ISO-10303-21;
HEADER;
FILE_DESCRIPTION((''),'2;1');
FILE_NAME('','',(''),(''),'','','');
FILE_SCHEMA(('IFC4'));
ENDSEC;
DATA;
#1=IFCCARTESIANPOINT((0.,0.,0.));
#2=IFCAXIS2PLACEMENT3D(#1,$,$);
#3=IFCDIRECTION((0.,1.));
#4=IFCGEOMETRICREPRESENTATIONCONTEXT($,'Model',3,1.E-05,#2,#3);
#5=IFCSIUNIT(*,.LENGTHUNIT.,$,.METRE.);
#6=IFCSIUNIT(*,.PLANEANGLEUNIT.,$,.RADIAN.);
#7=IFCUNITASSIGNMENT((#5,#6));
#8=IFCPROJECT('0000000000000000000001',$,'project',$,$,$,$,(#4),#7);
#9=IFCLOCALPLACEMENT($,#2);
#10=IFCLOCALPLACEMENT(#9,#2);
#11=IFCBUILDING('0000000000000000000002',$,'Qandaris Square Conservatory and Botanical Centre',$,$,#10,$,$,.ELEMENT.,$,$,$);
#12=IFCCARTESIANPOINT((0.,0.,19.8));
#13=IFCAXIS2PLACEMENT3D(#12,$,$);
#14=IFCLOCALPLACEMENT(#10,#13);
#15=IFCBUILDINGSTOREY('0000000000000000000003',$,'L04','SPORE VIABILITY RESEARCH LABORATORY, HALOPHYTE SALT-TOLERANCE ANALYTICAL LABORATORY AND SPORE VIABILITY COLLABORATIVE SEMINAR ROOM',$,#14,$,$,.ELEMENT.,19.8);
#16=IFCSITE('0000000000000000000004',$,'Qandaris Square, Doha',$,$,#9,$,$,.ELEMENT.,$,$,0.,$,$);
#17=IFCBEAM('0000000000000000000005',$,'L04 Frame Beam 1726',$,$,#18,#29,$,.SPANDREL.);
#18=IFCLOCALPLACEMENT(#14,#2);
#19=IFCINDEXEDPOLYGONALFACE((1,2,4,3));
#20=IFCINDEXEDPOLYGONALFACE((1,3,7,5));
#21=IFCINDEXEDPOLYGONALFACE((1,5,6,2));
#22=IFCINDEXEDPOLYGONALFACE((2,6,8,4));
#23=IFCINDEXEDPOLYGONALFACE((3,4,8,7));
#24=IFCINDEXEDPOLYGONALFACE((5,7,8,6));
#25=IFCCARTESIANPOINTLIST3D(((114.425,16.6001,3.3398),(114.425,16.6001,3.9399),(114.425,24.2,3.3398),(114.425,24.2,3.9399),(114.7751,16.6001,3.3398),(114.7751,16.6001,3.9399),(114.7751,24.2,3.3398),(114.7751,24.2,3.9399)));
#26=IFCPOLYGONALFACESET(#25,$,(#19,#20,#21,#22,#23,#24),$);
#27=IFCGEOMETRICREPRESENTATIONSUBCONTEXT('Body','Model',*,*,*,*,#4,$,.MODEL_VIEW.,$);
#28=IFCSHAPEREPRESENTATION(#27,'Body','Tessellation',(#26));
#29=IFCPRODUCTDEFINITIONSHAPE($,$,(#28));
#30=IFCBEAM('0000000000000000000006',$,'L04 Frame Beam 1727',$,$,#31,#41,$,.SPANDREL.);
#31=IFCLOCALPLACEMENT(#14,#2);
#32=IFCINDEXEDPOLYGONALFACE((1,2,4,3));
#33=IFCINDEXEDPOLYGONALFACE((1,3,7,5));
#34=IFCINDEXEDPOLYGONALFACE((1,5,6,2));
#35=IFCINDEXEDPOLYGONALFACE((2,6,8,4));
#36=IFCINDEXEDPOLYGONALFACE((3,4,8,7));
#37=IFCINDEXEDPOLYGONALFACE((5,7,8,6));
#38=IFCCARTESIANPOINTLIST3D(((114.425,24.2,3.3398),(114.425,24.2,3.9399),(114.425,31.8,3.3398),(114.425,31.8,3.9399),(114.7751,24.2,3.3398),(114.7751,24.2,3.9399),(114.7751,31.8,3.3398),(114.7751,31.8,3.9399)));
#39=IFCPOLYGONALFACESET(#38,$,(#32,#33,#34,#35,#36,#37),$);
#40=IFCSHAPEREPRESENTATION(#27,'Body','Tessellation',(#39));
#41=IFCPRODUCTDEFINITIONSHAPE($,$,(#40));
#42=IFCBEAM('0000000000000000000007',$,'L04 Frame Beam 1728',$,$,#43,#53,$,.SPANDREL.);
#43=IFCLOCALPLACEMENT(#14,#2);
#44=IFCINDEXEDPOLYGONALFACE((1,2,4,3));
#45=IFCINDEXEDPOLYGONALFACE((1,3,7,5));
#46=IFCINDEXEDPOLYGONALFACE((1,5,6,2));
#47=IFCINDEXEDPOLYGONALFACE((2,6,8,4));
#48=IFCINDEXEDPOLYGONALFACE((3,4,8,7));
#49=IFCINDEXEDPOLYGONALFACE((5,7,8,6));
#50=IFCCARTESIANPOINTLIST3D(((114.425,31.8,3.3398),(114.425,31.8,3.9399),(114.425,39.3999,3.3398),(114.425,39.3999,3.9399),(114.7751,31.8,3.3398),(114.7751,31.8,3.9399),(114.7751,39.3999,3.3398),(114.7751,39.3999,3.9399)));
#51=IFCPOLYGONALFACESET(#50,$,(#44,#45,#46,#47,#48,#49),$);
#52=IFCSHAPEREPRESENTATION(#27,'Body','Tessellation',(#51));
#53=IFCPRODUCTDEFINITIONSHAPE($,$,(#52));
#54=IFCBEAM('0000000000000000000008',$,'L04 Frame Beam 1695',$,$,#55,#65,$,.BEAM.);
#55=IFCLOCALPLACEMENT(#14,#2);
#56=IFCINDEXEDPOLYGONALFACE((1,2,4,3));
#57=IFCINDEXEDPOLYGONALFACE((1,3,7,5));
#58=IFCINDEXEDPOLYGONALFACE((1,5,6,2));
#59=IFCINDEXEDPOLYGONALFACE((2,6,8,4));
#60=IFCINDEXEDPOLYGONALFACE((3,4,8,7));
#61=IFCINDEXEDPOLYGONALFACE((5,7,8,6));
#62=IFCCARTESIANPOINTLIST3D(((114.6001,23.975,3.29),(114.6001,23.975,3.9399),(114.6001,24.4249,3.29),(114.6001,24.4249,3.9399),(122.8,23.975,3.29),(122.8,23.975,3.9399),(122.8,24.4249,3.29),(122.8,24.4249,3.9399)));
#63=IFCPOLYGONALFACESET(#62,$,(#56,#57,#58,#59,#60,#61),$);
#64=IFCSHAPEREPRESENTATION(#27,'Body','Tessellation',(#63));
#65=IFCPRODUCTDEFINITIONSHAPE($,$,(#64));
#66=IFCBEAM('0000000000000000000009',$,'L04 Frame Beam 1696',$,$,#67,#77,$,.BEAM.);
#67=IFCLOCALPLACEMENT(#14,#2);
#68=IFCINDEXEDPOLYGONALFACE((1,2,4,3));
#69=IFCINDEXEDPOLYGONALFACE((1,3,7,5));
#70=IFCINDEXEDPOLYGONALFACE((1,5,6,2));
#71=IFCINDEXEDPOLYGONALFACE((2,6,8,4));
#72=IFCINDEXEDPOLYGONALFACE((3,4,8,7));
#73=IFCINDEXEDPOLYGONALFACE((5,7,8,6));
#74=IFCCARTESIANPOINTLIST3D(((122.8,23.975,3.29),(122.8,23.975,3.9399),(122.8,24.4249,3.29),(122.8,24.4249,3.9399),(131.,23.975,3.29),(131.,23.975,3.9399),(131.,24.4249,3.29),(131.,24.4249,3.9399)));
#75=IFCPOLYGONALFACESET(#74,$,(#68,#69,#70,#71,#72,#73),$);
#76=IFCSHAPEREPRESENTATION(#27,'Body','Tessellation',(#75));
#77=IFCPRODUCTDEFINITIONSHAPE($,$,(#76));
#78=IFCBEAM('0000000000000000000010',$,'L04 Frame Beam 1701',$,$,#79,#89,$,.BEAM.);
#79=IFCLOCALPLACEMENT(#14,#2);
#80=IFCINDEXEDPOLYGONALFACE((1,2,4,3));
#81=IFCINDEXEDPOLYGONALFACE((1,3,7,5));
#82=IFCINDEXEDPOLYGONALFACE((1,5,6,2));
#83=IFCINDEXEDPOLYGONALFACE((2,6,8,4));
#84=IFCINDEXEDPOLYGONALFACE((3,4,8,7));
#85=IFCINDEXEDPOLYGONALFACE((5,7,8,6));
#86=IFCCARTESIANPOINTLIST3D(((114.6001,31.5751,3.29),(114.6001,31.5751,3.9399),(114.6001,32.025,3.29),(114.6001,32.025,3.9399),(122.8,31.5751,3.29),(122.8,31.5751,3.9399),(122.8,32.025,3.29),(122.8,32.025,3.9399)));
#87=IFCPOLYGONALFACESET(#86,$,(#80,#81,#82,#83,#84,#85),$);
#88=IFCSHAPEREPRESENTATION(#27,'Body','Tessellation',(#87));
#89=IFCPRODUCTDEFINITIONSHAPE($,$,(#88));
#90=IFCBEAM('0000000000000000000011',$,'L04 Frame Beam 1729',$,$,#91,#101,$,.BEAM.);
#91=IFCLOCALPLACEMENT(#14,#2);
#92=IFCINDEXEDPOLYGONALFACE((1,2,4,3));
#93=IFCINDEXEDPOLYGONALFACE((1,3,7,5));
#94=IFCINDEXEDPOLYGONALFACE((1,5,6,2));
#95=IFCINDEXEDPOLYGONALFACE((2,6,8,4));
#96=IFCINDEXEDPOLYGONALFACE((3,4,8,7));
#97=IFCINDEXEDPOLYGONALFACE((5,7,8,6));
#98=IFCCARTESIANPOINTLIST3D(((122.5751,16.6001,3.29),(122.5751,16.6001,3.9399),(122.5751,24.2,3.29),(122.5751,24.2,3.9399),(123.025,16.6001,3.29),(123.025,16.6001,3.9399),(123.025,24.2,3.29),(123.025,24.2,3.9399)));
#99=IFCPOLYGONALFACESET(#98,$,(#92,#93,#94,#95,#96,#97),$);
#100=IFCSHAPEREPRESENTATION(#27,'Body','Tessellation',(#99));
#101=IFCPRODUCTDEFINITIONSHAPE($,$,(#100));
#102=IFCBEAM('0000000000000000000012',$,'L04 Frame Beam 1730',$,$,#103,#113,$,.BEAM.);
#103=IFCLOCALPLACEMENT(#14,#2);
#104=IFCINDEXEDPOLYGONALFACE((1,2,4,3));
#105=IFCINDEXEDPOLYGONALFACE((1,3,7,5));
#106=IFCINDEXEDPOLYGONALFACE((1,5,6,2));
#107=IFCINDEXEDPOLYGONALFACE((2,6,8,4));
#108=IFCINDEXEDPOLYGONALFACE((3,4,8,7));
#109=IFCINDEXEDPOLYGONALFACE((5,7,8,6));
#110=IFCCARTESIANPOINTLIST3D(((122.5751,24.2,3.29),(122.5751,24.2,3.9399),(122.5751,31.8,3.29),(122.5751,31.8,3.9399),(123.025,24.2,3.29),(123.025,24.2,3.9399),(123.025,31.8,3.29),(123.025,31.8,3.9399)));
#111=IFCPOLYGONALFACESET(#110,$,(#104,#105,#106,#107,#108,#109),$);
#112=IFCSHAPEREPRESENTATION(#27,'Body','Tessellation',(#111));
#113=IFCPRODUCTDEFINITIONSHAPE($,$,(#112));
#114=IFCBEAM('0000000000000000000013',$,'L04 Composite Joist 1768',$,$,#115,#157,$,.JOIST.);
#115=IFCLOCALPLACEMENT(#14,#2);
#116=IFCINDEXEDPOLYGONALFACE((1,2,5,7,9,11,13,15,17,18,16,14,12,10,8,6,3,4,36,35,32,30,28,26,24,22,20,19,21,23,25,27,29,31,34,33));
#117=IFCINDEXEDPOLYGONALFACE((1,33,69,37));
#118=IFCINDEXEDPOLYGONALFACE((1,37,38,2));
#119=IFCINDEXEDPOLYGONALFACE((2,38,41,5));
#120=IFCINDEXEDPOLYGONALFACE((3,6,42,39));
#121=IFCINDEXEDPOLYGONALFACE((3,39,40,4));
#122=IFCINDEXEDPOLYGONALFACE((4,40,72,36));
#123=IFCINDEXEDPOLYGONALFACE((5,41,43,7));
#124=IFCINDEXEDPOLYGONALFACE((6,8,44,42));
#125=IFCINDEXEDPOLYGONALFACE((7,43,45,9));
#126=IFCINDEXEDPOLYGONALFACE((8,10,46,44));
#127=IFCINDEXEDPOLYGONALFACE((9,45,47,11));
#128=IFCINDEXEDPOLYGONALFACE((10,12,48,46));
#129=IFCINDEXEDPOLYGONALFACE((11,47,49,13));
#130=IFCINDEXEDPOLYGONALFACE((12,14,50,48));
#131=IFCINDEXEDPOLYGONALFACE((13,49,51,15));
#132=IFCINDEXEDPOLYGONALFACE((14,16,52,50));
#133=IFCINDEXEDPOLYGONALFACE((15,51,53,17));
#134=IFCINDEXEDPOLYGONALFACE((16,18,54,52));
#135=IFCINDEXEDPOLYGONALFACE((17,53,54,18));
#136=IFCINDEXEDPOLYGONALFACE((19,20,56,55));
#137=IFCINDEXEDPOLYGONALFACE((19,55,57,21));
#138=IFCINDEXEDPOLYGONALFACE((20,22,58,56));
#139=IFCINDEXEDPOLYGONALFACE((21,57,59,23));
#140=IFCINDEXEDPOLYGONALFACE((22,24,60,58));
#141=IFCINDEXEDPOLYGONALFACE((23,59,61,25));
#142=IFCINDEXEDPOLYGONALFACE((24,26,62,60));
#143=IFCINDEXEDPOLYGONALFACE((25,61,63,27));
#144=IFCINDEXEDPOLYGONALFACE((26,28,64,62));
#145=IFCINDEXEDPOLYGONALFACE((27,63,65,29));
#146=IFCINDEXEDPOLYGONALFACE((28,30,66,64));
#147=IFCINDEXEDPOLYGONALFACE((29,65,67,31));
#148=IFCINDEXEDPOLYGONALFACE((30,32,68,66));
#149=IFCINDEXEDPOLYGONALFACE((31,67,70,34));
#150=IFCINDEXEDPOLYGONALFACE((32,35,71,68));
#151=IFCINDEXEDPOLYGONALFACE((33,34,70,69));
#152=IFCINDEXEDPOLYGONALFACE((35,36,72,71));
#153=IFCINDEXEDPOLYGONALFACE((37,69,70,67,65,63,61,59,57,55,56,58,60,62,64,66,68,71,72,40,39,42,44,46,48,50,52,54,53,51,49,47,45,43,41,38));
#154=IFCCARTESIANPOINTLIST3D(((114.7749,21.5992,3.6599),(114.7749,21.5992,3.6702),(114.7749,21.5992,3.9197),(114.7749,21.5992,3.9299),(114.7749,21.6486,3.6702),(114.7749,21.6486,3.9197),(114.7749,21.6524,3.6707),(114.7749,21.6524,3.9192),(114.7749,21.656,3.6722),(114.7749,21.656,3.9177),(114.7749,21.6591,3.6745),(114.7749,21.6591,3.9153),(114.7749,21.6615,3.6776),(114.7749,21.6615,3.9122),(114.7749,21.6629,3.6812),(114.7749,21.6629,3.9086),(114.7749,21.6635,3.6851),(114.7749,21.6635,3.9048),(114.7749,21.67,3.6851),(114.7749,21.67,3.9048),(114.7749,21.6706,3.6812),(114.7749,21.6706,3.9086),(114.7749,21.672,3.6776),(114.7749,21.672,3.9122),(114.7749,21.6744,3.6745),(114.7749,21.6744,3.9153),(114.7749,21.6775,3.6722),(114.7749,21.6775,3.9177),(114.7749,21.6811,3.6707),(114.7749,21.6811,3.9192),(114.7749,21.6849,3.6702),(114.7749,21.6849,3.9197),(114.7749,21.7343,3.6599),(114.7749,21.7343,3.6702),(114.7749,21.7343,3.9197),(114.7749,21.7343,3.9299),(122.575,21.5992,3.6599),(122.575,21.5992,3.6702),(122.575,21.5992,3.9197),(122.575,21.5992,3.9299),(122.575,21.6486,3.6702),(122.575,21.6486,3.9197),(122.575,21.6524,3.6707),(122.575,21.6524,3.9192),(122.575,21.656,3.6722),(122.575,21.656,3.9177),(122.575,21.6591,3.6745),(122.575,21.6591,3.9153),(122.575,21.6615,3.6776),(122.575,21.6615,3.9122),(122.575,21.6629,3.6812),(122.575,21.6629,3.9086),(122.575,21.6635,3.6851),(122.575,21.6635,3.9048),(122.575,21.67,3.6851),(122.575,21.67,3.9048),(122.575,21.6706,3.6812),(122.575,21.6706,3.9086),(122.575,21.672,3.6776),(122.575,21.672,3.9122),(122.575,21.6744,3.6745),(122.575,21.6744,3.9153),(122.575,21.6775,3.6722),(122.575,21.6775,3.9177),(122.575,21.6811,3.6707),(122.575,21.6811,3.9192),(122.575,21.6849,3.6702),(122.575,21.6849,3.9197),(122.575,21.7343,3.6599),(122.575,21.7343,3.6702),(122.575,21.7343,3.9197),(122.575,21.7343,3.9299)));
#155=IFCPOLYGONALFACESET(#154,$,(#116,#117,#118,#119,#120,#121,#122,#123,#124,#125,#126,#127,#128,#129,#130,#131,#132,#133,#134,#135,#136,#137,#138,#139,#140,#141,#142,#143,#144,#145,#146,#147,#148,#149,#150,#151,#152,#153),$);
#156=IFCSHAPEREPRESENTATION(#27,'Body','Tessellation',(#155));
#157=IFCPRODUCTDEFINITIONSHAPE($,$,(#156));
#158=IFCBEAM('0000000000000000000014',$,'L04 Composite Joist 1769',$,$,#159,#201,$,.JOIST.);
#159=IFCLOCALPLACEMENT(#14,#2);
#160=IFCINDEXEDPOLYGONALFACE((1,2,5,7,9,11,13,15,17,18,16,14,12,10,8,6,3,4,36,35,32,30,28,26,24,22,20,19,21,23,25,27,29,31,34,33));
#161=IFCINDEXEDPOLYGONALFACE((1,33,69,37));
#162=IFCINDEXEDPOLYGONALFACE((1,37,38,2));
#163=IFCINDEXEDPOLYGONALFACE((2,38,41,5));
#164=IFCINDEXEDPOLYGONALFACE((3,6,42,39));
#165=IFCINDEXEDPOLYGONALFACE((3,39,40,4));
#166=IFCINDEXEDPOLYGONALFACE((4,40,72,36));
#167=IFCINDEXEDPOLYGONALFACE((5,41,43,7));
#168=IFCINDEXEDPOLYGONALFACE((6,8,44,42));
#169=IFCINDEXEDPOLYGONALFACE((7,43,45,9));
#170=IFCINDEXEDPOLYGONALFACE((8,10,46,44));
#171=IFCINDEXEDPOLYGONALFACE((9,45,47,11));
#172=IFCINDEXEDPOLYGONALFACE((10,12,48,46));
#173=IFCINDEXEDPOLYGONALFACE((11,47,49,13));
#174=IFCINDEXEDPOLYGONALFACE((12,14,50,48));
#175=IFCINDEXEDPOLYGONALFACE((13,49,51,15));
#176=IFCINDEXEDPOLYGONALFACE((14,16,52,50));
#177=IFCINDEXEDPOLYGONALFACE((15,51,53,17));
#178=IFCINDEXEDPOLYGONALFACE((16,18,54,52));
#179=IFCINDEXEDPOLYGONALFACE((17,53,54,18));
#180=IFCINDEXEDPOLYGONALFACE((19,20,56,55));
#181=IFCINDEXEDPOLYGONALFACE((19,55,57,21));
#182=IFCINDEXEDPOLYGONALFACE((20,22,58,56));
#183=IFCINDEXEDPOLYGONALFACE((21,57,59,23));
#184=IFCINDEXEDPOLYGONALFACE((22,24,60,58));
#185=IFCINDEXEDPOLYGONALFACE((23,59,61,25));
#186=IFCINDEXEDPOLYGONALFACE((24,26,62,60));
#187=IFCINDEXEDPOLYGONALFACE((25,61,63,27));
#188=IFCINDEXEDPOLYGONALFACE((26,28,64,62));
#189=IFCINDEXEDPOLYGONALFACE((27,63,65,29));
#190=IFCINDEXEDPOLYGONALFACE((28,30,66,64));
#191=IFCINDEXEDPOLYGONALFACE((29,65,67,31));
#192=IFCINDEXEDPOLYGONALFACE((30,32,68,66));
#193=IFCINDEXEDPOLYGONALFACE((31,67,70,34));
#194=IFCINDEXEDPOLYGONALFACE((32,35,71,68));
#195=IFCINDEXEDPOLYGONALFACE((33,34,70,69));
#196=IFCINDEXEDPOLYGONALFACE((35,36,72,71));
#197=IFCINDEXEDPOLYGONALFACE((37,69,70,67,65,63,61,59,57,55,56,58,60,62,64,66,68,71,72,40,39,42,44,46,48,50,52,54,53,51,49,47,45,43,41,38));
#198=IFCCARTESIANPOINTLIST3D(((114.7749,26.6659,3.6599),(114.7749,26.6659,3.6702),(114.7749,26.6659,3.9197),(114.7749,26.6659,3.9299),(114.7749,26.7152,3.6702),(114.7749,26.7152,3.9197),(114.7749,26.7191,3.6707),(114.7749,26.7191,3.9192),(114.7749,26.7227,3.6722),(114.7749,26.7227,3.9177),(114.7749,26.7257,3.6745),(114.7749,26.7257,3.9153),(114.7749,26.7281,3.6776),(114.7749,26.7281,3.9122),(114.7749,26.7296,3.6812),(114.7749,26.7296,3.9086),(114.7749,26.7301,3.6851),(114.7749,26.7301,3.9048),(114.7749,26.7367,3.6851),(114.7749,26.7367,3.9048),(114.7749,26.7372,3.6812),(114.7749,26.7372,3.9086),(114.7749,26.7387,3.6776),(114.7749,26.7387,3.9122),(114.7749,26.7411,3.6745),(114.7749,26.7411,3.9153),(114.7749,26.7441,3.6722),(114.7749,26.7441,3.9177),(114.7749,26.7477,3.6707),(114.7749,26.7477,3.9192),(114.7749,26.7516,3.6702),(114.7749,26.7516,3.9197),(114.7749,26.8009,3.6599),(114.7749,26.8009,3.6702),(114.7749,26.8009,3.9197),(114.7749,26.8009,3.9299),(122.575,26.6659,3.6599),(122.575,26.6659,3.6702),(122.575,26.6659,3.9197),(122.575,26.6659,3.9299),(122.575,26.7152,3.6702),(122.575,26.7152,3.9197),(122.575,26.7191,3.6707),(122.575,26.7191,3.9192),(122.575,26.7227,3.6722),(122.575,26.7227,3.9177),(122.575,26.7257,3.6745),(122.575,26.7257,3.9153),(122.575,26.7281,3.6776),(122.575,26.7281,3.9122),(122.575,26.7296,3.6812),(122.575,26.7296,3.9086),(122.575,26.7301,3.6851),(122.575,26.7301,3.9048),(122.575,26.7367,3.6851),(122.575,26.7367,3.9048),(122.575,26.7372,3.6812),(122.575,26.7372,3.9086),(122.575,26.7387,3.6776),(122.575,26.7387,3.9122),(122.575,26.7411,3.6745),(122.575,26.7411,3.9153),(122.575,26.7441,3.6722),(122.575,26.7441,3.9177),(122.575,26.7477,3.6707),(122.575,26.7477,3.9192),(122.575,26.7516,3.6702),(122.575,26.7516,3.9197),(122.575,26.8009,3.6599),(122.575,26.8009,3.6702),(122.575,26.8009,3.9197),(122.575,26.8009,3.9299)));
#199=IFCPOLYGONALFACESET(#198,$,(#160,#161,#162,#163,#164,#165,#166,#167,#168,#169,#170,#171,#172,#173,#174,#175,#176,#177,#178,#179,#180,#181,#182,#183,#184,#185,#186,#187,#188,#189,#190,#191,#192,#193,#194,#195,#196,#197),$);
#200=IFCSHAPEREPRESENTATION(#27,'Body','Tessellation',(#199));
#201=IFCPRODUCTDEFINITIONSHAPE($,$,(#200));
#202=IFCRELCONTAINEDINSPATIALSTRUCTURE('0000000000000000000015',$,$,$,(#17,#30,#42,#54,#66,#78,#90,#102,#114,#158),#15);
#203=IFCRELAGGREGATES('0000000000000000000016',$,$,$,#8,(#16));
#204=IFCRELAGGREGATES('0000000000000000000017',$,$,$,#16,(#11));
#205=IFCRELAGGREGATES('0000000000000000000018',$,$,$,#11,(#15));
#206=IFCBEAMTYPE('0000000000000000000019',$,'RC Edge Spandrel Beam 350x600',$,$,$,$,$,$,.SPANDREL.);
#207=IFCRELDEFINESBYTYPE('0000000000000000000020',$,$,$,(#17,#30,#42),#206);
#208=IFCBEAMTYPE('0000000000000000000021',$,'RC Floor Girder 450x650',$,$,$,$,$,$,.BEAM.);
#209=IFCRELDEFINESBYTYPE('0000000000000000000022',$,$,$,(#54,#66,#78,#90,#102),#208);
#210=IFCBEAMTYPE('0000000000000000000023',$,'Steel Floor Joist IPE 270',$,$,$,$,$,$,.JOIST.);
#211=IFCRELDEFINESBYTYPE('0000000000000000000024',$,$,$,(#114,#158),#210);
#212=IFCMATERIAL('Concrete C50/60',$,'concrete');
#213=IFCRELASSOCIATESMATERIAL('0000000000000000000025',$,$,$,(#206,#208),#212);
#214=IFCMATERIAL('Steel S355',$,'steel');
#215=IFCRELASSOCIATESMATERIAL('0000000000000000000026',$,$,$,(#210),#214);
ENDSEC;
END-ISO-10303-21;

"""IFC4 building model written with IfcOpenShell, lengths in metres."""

from ifc_helpers import new_model, si_unit, direction, frame, origin, origin_2d, place, context, subcontext, project, spatial, rectangle, i_section, extrude, material, material_profile, profile_set, type_object, element, save


model = new_model("IFC4")

# Units and contexts
model_context = context("Model", 3, precision=1e-05, world=origin(), true_north=direction((0.0, 1.0)))
body_context = subcontext(model_context, "Body", "Model", "MODEL_VIEW")
ifc_project = project(units=[si_unit("LENGTHUNIT", "METRE"), si_unit("PLANEANGLEUNIT", "RADIAN")], contexts=[model_context])

# Site, building, storey
site_placement = place(None, origin())
site = spatial("IfcSite", under=ifc_project, at=site_placement, Name="Qandaris Square, Doha", CompositionType="ELEMENT", RefElevation=0.0)
building_placement = place(site_placement, origin())
building = spatial("IfcBuilding", under=site, at=building_placement, Name="Qandaris Square Conservatory and Botanical Centre", CompositionType="ELEMENT")
storey_placement = place(building_placement, frame((0.0, 0.0, 19.8)))
storey = spatial("IfcBuildingStorey", under=building, at=storey_placement, Name="L04", Description="SPORE VIABILITY RESEARCH LABORATORY, HALOPHYTE SALT-TOLERANCE ANALYTICAL LABORATORY AND SPORE VIABILITY COLLABORATIVE SEMINAR ROOM", CompositionType="ELEMENT", Elevation=19.8)

# Shared definitions
ifc_material_1 = material(Name="Concrete C50/60", Category="concrete")

# Beams
ifc_material_2 = material(Name="Steel S355", Category="steel")
ifc_material_profile_1 = material_profile(ifc_material_1, rectangle(XDim=0.3501, YDim=0.6001, at=origin_2d()), Name="RC-SP 350x600")
ifc_profile_set_1 = profile_set([ifc_material_profile_1], Name="Concrete C50/60")
beam_type_1 = type_object("IfcBeamType", Name="RC Edge Spandrel Beam 350x600", PredefinedType="SPANDREL", material=ifc_profile_set_1)
beam_1_placement = place(storey_placement, frame((114.6001, 16.6001, 3.6399), z_axis=(0.0, 1.0, 0.0), x_axis=(-1.0, 0.0, 0.0)))
element("IfcBeam", 1, at=beam_1_placement, inside=storey, type_object=beam_type_1, Name="L04 Frame Beam 1726", PredefinedType="SPANDREL", context=body_context, shape_type="SweptSolid", body=[
    extrude(rectangle(XDim=0.3501, YDim=0.6001, at=origin_2d()), origin(), (0.0, 0.0, 1.0), 7.5999),
])
beam_2_placement = place(storey_placement, frame((114.6001, 24.2, 3.6399), z_axis=(0.0, 1.0, 0.0), x_axis=(-1.0, 0.0, 0.0)))
element("IfcBeam", 2, at=beam_2_placement, inside=storey, type_object=beam_type_1, Name="L04 Frame Beam 1727", PredefinedType="SPANDREL", context=body_context, shape_type="SweptSolid", body=[
    extrude(rectangle(XDim=0.3501, YDim=0.6001, at=origin_2d()), origin(), (0.0, 0.0, 1.0), 7.6001),
])
beam_3_placement = place(storey_placement, frame((114.6001, 31.8, 3.6399), z_axis=(0.0, 1.0, 0.0), x_axis=(-1.0, 0.0, 0.0)))
element("IfcBeam", 3, at=beam_3_placement, inside=storey, type_object=beam_type_1, Name="L04 Frame Beam 1728", PredefinedType="SPANDREL", context=body_context, shape_type="SweptSolid", body=[
    extrude(rectangle(XDim=0.3501, YDim=0.6001, at=origin_2d()), origin(), (0.0, 0.0, 1.0), 7.5999),
])
ifc_material_profile_2 = material_profile(ifc_material_1, rectangle(XDim=0.45, YDim=0.6499, at=origin_2d()), Name="RC-BM 450x650")
ifc_profile_set_2 = profile_set([ifc_material_profile_2], Name="Concrete C50/60")
beam_type_2 = type_object("IfcBeamType", Name="RC Floor Girder 450x650", PredefinedType="BEAM", material=ifc_profile_set_2)
for number, where, z_axis, x_axis, name in (
    (4, (114.6001, 24.2, 3.615), (1.0, 0.0, 0.0), (0.0, 1.0, 0.0), "L04 Frame Beam 1695"),
    (5, (122.8, 24.2, 3.615), (1.0, 0.0, 0.0), (0.0, 1.0, 0.0), "L04 Frame Beam 1696"),
    (6, (114.6001, 31.8, 3.615), (1.0, 0.0, 0.0), (0.0, 1.0, 0.0), "L04 Frame Beam 1701"),
):
    element("IfcBeam", number, at=place(storey_placement, frame(where, z_axis=z_axis, x_axis=x_axis)), inside=storey, type_object=beam_type_2, Name=name, PredefinedType="BEAM", context=body_context, shape_type="SweptSolid", body=[
        extrude(rectangle(XDim=0.45, YDim=0.6499, at=origin_2d()), origin(), (0.0, 0.0, 1.0), 8.2),
    ])
beam_4_placement = place(storey_placement, frame((122.8, 16.6001, 3.615), z_axis=(0.0, 1.0, 0.0), x_axis=(-1.0, 0.0, 0.0)))
element("IfcBeam", 7, at=beam_4_placement, inside=storey, type_object=beam_type_2, Name="L04 Frame Beam 1729", PredefinedType="BEAM", context=body_context, shape_type="SweptSolid", body=[
    extrude(rectangle(XDim=0.45, YDim=0.6499, at=origin_2d()), origin(), (0.0, 0.0, 1.0), 7.5999),
])
beam_5_placement = place(storey_placement, frame((122.8, 24.2, 3.615), z_axis=(0.0, 1.0, 0.0), x_axis=(-1.0, 0.0, 0.0)))
element("IfcBeam", 8, at=beam_5_placement, inside=storey, type_object=beam_type_2, Name="L04 Frame Beam 1730", PredefinedType="BEAM", context=body_context, shape_type="SweptSolid", body=[
    extrude(rectangle(XDim=0.45, YDim=0.6499, at=origin_2d()), origin(), (0.0, 0.0, 1.0), 7.6001),
])
ifc_material_profile_3 = material_profile(ifc_material_2, i_section(OverallWidth=0.135, OverallDepth=0.27, WebThickness=0.0066, FlangeThickness=0.0103, FilletRadius=0.0149, at=origin_2d()), Name="IPE 270")
ifc_profile_set_3 = profile_set([ifc_material_profile_3], Name="Steel S355")
beam_type_3 = type_object("IfcBeamType", Name="Steel Floor Joist IPE 270", PredefinedType="JOIST", material=ifc_profile_set_3)
for number, where, z_axis, x_axis, name in (
    (9, (114.7749, 21.6667, 3.7949), (1.0, 0.0, 0.0), (0.0, 1.0, 0.0), "L04 Composite Joist 1768"),
    (10, (114.7749, 26.7334, 3.7949), (1.0, 0.0, 0.0), (0.0, 1.0, 0.0), "L04 Composite Joist 1769"),
):
    element("IfcBeam", number, at=place(storey_placement, frame(where, z_axis=z_axis, x_axis=x_axis)), inside=storey, type_object=beam_type_3, Name=name, PredefinedType="JOIST", context=body_context, shape_type="SweptSolid", body=[
        extrude(i_section(OverallWidth=0.135, OverallDepth=0.27, WebThickness=0.0066, FlangeThickness=0.0103, FilletRadius=0.0149, at=origin_2d()), origin(), (0.0, 0.0, 1.0), 7.8),
    ])

save(model, "model.ifc")
